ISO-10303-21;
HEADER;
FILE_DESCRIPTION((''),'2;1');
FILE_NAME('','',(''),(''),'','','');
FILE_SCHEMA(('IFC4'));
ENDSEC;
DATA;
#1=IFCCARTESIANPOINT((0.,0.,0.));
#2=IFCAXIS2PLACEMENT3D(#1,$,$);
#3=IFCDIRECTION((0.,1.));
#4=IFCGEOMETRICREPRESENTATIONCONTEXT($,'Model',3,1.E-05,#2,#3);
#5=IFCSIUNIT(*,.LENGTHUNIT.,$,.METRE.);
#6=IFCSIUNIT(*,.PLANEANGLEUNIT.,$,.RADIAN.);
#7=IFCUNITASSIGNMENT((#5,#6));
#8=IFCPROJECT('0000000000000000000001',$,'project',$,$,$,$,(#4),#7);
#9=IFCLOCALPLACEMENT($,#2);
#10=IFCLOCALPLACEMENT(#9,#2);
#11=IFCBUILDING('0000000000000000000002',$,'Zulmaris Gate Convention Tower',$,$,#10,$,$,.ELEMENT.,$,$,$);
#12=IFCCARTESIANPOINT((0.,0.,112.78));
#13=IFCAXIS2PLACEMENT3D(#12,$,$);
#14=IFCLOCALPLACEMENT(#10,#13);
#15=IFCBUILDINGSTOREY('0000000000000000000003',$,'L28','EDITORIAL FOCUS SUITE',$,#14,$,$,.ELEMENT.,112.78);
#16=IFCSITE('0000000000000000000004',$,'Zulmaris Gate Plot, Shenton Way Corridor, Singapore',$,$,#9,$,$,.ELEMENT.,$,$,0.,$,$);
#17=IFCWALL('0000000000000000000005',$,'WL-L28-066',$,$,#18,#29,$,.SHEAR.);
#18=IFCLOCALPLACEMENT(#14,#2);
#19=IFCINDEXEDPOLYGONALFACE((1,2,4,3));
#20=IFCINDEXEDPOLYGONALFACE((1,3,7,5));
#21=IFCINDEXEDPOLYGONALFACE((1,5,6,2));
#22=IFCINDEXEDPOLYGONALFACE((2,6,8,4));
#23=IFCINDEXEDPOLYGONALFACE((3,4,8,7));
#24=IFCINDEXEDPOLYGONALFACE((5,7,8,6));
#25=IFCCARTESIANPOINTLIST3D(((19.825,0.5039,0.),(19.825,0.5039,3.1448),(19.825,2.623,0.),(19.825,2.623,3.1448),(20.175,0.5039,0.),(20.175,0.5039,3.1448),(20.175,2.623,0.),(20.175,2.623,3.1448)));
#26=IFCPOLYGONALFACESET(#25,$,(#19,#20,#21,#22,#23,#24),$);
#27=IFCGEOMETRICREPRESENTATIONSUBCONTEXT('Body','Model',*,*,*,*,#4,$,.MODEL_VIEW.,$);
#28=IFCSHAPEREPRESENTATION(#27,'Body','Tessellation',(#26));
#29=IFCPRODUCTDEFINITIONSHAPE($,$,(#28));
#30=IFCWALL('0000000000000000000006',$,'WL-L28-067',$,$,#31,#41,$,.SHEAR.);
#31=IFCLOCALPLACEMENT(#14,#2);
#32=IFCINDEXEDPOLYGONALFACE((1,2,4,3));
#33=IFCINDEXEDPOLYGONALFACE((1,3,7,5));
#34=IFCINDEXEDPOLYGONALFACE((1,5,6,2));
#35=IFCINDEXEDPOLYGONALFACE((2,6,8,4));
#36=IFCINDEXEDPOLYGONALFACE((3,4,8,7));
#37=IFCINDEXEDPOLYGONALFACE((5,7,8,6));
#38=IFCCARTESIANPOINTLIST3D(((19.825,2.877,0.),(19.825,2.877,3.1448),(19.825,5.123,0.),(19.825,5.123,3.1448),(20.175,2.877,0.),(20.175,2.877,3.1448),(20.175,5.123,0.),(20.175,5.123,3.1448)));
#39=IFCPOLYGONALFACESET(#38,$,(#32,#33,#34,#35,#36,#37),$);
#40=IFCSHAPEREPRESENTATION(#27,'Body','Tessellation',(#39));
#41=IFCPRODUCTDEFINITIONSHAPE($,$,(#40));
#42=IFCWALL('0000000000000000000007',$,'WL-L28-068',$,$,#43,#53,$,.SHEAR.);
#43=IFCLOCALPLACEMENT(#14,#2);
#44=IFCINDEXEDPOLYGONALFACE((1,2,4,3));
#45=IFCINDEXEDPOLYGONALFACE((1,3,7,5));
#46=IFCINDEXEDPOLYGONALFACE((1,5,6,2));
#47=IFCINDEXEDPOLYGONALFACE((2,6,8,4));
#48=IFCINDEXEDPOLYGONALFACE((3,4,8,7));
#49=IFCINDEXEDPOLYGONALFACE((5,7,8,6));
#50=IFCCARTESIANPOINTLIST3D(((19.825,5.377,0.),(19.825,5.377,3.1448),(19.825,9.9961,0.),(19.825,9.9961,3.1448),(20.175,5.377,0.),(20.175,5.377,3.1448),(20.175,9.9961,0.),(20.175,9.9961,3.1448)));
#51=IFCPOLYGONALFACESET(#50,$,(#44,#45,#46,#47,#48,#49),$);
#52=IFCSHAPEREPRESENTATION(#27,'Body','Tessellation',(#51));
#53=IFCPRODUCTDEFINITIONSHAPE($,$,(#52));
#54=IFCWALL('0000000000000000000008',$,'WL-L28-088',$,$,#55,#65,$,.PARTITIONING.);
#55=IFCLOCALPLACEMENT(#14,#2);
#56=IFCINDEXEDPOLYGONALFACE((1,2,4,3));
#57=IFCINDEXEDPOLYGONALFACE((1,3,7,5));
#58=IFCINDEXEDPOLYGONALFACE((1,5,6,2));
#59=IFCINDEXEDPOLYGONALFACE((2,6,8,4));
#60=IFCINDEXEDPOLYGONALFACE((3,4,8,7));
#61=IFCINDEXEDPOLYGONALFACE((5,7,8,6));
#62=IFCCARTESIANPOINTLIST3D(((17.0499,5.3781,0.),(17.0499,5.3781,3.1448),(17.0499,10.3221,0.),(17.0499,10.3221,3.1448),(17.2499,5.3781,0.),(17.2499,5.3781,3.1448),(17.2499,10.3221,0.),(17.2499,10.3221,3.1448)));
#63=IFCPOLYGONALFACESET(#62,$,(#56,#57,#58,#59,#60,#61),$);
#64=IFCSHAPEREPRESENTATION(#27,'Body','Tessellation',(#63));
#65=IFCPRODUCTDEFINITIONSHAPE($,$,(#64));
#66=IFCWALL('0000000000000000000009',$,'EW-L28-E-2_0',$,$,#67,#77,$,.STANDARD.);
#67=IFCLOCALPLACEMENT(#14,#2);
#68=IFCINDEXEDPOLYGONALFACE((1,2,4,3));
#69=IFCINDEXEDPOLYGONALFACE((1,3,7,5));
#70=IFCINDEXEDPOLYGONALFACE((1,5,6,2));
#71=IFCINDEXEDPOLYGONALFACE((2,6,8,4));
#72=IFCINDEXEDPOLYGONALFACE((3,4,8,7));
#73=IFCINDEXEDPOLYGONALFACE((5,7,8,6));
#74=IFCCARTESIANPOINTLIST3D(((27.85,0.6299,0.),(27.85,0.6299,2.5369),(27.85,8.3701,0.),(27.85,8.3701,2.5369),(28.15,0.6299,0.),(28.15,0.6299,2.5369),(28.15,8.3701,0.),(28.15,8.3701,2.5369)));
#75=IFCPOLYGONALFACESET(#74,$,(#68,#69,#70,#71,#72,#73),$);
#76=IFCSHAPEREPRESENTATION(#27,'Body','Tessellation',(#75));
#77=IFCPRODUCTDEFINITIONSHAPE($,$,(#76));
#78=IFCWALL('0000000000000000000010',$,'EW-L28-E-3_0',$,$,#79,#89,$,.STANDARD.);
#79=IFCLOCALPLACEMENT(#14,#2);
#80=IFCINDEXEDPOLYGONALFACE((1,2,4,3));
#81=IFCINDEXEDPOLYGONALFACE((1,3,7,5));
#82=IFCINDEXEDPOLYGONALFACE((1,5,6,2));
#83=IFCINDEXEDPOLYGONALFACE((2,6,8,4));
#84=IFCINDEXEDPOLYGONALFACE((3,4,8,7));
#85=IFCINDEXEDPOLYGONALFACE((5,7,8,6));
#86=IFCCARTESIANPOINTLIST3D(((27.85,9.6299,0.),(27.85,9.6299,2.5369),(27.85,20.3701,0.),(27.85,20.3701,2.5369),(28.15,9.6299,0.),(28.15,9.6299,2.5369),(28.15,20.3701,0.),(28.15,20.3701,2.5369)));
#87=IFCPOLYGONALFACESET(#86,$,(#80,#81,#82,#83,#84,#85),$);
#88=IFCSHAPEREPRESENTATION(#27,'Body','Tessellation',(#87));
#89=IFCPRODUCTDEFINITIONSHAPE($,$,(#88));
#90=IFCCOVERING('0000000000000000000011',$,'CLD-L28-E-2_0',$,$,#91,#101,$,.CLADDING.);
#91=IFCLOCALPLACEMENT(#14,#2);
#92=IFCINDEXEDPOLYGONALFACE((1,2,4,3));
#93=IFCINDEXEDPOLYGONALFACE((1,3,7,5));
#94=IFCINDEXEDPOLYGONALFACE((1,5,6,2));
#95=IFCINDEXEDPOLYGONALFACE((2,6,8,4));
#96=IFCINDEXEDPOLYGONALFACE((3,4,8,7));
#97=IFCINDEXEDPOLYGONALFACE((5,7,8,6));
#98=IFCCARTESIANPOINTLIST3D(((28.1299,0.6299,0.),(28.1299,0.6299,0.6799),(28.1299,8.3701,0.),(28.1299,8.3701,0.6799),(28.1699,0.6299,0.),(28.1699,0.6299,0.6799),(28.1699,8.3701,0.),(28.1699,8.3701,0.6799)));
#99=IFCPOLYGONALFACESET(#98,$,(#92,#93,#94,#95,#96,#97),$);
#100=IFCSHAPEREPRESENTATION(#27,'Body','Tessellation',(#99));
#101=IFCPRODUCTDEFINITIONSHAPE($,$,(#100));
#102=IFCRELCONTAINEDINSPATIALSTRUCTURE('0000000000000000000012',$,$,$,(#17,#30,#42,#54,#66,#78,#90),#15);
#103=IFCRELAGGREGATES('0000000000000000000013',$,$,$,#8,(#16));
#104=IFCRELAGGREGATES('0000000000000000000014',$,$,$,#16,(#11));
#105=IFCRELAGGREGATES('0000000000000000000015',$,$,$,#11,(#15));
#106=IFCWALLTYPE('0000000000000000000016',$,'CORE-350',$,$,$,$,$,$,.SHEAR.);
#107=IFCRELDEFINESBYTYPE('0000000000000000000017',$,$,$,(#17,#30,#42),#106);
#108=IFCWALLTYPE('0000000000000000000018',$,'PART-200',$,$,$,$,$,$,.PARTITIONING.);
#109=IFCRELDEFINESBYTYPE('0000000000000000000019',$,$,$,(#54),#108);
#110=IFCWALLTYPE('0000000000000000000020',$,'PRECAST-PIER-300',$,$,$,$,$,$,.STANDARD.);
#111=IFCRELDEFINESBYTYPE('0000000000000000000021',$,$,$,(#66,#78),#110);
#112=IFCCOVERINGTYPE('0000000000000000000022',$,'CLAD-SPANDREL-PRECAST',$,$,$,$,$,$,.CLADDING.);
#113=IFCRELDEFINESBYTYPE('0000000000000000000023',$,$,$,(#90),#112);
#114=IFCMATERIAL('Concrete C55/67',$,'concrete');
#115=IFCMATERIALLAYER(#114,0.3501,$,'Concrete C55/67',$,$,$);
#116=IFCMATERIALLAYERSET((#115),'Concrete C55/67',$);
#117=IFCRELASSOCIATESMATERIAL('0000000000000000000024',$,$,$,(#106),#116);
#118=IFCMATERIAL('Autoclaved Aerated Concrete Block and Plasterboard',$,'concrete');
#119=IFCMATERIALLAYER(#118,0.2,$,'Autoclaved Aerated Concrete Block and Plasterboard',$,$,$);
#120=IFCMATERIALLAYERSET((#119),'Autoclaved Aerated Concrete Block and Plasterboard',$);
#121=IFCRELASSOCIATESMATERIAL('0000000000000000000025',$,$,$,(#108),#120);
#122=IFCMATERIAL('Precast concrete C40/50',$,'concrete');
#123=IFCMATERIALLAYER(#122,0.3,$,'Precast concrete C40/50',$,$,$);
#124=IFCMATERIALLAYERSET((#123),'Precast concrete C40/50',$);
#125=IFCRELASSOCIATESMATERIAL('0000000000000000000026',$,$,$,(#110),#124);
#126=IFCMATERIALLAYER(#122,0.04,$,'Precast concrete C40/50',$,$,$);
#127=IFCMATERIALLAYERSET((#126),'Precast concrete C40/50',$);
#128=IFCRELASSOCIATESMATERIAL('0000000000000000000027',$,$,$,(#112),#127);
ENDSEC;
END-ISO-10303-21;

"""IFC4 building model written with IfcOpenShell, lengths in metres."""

from ifc_helpers import new_model, si_unit, direction, frame, frame_2d, origin, place, context, subcontext, project, spatial, rectangle, extrude, material, layer, layer_set, type_object, element, save


model = new_model("IFC4")

# Units and contexts
model_context = context("Model", 3, precision=1e-05, world=origin(), true_north=direction((0.0, 1.0)))
body_context = subcontext(model_context, "Body", "Model", "MODEL_VIEW")
ifc_project = project(units=[si_unit("LENGTHUNIT", "METRE"), si_unit("PLANEANGLEUNIT", "RADIAN")], contexts=[model_context])

# Site, building, storey
site_placement = place(None, origin())
site = spatial("IfcSite", under=ifc_project, at=site_placement, Name="Zulmaris Gate Plot, Shenton Way Corridor, Singapore", CompositionType="ELEMENT", RefElevation=0.0)
building_placement = place(site_placement, origin())
building = spatial("IfcBuilding", under=site, at=building_placement, Name="Zulmaris Gate Convention Tower", CompositionType="ELEMENT")
storey_placement = place(building_placement, frame((0.0, 0.0, 112.78)))
storey = spatial("IfcBuildingStorey", under=building, at=storey_placement, Name="L28", Description="EDITORIAL FOCUS SUITE", CompositionType="ELEMENT", Elevation=112.78)

# Walls
ifc_material_1 = material(Name="Concrete C55/67", Category="concrete")
ifc_layer_1 = layer(ifc_material_1, 0.3501, Name="Concrete C55/67")
ifc_layer_set_1 = layer_set([ifc_layer_1], Name="Concrete C55/67")
wall_type_1 = type_object("IfcWallType", Name="CORE-350", PredefinedType="SHEAR", material=ifc_layer_set_1)
wall_1_placement = place(storey_placement, frame((20.0, 0.5039, 0.0), z_axis=(0.0, 0.0, 1.0), x_axis=(0.0, 1.0, 0.0)))
element("IfcWall", 1, at=wall_1_placement, inside=storey, type_object=wall_type_1, Name="WL-L28-066", PredefinedType="SHEAR", context=body_context, shape_type="SweptSolid", body=[
    extrude(rectangle(XDim=2.1191, YDim=0.3501, at=frame_2d((1.0596, 0.0))), origin(), (0.0, 0.0, 1.0), 3.1448),
])
wall_2_placement = place(storey_placement, frame((20.0, 2.877, 0.0), z_axis=(0.0, 0.0, 1.0), x_axis=(0.0, 1.0, 0.0)))
element("IfcWall", 2, at=wall_2_placement, inside=storey, type_object=wall_type_1, Name="WL-L28-067", PredefinedType="SHEAR", context=body_context, shape_type="SweptSolid", body=[
    extrude(rectangle(XDim=2.2461, YDim=0.3501, at=frame_2d((1.123, 0.0))), origin(), (0.0, 0.0, 1.0), 3.1448),
])
wall_3_placement = place(storey_placement, frame((20.0, 5.377, 0.0), z_axis=(0.0, 0.0, 1.0), x_axis=(0.0, 1.0, 0.0)))
element("IfcWall", 3, at=wall_3_placement, inside=storey, type_object=wall_type_1, Name="WL-L28-068", PredefinedType="SHEAR", context=body_context, shape_type="SweptSolid", body=[
    extrude(rectangle(XDim=4.6191, YDim=0.3501, at=frame_2d((2.3096, 0.0))), origin(), (0.0, 0.0, 1.0), 3.1448),
])
ifc_material_2 = material(Name="Autoclaved Aerated Concrete Block and Plasterboard", Category="concrete")
ifc_layer_2 = layer(ifc_material_2, 0.2, Name="Autoclaved Aerated Concrete Block and Plasterboard")
ifc_layer_set_2 = layer_set([ifc_layer_2], Name="Autoclaved Aerated Concrete Block and Plasterboard")
wall_type_2 = type_object("IfcWallType", Name="PART-200", PredefinedType="PARTITIONING", material=ifc_layer_set_2)
wall_4_placement = place(storey_placement, frame((17.1499, 5.3779, 0.0), z_axis=(0.0, 0.0, 1.0), x_axis=(0.0, 1.0, 0.0)))
element("IfcWall", 4, at=wall_4_placement, inside=storey, type_object=wall_type_2, Name="WL-L28-088", PredefinedType="PARTITIONING", context=body_context, shape_type="SweptSolid", body=[
    extrude(rectangle(XDim=4.9441, YDim=0.2, at=frame_2d((2.4722, 0.0))), origin(), (0.0, 0.0, 1.0), 3.1448),
])
ifc_material_3 = material(Name="Precast concrete C40/50", Category="concrete")
ifc_layer_3 = layer(ifc_material_3, 0.3, Name="Precast concrete C40/50")
ifc_layer_set_3 = layer_set([ifc_layer_3], Name="Precast concrete C40/50")
wall_type_3 = type_object("IfcWallType", Name="PRECAST-PIER-300", PredefinedType="STANDARD", material=ifc_layer_set_3)
wall_5_placement = place(storey_placement, frame((28.0, 0.6299, 0.0), z_axis=(0.0, 0.0, 1.0), x_axis=(0.0, 1.0, 0.0)))
element("IfcWall", 5, at=wall_5_placement, inside=storey, type_object=wall_type_3, Name="EW-L28-E-2_0", PredefinedType="STANDARD", context=body_context, shape_type="SweptSolid", body=[
    extrude(rectangle(XDim=7.7402, YDim=0.3, at=frame_2d((3.8701, 0.0))), origin(), (0.0, 0.0, 1.0), 2.5369),
])
wall_6_placement = place(storey_placement, frame((28.0, 9.6299, 0.0), z_axis=(0.0, 0.0, 1.0), x_axis=(0.0, 1.0, 0.0)))
element("IfcWall", 6, at=wall_6_placement, inside=storey, type_object=wall_type_3, Name="EW-L28-E-3_0", PredefinedType="STANDARD", context=body_context, shape_type="SweptSolid", body=[
    extrude(rectangle(XDim=10.7402, YDim=0.3, at=frame_2d((5.3701, 0.0))), origin(), (0.0, 0.0, 1.0), 2.5369),
])

# Covering
ifc_layer_4 = layer(ifc_material_3, 0.04, Name="Precast concrete C40/50")
ifc_layer_set_4 = layer_set([ifc_layer_4], Name="Precast concrete C40/50")
covering_type = type_object("IfcCoveringType", Name="CLAD-SPANDREL-PRECAST", PredefinedType="CLADDING", material=ifc_layer_set_4)
covering_placement = place(storey_placement, frame((28.1499, 0.6299, 0.0), z_axis=(0.0, 0.0, 1.0), x_axis=(0.0, 1.0, 0.0)))
element("IfcCovering", 7, at=covering_placement, inside=storey, type_object=covering_type, Name="CLD-L28-E-2_0", PredefinedType="CLADDING", context=body_context, shape_type="SweptSolid", body=[
    extrude(rectangle(XDim=7.7402, YDim=0.04, at=frame_2d((3.8701, 0.0))), origin(), (0.0, 0.0, 1.0), 0.6799),
])

save(model, "model.ifc")
